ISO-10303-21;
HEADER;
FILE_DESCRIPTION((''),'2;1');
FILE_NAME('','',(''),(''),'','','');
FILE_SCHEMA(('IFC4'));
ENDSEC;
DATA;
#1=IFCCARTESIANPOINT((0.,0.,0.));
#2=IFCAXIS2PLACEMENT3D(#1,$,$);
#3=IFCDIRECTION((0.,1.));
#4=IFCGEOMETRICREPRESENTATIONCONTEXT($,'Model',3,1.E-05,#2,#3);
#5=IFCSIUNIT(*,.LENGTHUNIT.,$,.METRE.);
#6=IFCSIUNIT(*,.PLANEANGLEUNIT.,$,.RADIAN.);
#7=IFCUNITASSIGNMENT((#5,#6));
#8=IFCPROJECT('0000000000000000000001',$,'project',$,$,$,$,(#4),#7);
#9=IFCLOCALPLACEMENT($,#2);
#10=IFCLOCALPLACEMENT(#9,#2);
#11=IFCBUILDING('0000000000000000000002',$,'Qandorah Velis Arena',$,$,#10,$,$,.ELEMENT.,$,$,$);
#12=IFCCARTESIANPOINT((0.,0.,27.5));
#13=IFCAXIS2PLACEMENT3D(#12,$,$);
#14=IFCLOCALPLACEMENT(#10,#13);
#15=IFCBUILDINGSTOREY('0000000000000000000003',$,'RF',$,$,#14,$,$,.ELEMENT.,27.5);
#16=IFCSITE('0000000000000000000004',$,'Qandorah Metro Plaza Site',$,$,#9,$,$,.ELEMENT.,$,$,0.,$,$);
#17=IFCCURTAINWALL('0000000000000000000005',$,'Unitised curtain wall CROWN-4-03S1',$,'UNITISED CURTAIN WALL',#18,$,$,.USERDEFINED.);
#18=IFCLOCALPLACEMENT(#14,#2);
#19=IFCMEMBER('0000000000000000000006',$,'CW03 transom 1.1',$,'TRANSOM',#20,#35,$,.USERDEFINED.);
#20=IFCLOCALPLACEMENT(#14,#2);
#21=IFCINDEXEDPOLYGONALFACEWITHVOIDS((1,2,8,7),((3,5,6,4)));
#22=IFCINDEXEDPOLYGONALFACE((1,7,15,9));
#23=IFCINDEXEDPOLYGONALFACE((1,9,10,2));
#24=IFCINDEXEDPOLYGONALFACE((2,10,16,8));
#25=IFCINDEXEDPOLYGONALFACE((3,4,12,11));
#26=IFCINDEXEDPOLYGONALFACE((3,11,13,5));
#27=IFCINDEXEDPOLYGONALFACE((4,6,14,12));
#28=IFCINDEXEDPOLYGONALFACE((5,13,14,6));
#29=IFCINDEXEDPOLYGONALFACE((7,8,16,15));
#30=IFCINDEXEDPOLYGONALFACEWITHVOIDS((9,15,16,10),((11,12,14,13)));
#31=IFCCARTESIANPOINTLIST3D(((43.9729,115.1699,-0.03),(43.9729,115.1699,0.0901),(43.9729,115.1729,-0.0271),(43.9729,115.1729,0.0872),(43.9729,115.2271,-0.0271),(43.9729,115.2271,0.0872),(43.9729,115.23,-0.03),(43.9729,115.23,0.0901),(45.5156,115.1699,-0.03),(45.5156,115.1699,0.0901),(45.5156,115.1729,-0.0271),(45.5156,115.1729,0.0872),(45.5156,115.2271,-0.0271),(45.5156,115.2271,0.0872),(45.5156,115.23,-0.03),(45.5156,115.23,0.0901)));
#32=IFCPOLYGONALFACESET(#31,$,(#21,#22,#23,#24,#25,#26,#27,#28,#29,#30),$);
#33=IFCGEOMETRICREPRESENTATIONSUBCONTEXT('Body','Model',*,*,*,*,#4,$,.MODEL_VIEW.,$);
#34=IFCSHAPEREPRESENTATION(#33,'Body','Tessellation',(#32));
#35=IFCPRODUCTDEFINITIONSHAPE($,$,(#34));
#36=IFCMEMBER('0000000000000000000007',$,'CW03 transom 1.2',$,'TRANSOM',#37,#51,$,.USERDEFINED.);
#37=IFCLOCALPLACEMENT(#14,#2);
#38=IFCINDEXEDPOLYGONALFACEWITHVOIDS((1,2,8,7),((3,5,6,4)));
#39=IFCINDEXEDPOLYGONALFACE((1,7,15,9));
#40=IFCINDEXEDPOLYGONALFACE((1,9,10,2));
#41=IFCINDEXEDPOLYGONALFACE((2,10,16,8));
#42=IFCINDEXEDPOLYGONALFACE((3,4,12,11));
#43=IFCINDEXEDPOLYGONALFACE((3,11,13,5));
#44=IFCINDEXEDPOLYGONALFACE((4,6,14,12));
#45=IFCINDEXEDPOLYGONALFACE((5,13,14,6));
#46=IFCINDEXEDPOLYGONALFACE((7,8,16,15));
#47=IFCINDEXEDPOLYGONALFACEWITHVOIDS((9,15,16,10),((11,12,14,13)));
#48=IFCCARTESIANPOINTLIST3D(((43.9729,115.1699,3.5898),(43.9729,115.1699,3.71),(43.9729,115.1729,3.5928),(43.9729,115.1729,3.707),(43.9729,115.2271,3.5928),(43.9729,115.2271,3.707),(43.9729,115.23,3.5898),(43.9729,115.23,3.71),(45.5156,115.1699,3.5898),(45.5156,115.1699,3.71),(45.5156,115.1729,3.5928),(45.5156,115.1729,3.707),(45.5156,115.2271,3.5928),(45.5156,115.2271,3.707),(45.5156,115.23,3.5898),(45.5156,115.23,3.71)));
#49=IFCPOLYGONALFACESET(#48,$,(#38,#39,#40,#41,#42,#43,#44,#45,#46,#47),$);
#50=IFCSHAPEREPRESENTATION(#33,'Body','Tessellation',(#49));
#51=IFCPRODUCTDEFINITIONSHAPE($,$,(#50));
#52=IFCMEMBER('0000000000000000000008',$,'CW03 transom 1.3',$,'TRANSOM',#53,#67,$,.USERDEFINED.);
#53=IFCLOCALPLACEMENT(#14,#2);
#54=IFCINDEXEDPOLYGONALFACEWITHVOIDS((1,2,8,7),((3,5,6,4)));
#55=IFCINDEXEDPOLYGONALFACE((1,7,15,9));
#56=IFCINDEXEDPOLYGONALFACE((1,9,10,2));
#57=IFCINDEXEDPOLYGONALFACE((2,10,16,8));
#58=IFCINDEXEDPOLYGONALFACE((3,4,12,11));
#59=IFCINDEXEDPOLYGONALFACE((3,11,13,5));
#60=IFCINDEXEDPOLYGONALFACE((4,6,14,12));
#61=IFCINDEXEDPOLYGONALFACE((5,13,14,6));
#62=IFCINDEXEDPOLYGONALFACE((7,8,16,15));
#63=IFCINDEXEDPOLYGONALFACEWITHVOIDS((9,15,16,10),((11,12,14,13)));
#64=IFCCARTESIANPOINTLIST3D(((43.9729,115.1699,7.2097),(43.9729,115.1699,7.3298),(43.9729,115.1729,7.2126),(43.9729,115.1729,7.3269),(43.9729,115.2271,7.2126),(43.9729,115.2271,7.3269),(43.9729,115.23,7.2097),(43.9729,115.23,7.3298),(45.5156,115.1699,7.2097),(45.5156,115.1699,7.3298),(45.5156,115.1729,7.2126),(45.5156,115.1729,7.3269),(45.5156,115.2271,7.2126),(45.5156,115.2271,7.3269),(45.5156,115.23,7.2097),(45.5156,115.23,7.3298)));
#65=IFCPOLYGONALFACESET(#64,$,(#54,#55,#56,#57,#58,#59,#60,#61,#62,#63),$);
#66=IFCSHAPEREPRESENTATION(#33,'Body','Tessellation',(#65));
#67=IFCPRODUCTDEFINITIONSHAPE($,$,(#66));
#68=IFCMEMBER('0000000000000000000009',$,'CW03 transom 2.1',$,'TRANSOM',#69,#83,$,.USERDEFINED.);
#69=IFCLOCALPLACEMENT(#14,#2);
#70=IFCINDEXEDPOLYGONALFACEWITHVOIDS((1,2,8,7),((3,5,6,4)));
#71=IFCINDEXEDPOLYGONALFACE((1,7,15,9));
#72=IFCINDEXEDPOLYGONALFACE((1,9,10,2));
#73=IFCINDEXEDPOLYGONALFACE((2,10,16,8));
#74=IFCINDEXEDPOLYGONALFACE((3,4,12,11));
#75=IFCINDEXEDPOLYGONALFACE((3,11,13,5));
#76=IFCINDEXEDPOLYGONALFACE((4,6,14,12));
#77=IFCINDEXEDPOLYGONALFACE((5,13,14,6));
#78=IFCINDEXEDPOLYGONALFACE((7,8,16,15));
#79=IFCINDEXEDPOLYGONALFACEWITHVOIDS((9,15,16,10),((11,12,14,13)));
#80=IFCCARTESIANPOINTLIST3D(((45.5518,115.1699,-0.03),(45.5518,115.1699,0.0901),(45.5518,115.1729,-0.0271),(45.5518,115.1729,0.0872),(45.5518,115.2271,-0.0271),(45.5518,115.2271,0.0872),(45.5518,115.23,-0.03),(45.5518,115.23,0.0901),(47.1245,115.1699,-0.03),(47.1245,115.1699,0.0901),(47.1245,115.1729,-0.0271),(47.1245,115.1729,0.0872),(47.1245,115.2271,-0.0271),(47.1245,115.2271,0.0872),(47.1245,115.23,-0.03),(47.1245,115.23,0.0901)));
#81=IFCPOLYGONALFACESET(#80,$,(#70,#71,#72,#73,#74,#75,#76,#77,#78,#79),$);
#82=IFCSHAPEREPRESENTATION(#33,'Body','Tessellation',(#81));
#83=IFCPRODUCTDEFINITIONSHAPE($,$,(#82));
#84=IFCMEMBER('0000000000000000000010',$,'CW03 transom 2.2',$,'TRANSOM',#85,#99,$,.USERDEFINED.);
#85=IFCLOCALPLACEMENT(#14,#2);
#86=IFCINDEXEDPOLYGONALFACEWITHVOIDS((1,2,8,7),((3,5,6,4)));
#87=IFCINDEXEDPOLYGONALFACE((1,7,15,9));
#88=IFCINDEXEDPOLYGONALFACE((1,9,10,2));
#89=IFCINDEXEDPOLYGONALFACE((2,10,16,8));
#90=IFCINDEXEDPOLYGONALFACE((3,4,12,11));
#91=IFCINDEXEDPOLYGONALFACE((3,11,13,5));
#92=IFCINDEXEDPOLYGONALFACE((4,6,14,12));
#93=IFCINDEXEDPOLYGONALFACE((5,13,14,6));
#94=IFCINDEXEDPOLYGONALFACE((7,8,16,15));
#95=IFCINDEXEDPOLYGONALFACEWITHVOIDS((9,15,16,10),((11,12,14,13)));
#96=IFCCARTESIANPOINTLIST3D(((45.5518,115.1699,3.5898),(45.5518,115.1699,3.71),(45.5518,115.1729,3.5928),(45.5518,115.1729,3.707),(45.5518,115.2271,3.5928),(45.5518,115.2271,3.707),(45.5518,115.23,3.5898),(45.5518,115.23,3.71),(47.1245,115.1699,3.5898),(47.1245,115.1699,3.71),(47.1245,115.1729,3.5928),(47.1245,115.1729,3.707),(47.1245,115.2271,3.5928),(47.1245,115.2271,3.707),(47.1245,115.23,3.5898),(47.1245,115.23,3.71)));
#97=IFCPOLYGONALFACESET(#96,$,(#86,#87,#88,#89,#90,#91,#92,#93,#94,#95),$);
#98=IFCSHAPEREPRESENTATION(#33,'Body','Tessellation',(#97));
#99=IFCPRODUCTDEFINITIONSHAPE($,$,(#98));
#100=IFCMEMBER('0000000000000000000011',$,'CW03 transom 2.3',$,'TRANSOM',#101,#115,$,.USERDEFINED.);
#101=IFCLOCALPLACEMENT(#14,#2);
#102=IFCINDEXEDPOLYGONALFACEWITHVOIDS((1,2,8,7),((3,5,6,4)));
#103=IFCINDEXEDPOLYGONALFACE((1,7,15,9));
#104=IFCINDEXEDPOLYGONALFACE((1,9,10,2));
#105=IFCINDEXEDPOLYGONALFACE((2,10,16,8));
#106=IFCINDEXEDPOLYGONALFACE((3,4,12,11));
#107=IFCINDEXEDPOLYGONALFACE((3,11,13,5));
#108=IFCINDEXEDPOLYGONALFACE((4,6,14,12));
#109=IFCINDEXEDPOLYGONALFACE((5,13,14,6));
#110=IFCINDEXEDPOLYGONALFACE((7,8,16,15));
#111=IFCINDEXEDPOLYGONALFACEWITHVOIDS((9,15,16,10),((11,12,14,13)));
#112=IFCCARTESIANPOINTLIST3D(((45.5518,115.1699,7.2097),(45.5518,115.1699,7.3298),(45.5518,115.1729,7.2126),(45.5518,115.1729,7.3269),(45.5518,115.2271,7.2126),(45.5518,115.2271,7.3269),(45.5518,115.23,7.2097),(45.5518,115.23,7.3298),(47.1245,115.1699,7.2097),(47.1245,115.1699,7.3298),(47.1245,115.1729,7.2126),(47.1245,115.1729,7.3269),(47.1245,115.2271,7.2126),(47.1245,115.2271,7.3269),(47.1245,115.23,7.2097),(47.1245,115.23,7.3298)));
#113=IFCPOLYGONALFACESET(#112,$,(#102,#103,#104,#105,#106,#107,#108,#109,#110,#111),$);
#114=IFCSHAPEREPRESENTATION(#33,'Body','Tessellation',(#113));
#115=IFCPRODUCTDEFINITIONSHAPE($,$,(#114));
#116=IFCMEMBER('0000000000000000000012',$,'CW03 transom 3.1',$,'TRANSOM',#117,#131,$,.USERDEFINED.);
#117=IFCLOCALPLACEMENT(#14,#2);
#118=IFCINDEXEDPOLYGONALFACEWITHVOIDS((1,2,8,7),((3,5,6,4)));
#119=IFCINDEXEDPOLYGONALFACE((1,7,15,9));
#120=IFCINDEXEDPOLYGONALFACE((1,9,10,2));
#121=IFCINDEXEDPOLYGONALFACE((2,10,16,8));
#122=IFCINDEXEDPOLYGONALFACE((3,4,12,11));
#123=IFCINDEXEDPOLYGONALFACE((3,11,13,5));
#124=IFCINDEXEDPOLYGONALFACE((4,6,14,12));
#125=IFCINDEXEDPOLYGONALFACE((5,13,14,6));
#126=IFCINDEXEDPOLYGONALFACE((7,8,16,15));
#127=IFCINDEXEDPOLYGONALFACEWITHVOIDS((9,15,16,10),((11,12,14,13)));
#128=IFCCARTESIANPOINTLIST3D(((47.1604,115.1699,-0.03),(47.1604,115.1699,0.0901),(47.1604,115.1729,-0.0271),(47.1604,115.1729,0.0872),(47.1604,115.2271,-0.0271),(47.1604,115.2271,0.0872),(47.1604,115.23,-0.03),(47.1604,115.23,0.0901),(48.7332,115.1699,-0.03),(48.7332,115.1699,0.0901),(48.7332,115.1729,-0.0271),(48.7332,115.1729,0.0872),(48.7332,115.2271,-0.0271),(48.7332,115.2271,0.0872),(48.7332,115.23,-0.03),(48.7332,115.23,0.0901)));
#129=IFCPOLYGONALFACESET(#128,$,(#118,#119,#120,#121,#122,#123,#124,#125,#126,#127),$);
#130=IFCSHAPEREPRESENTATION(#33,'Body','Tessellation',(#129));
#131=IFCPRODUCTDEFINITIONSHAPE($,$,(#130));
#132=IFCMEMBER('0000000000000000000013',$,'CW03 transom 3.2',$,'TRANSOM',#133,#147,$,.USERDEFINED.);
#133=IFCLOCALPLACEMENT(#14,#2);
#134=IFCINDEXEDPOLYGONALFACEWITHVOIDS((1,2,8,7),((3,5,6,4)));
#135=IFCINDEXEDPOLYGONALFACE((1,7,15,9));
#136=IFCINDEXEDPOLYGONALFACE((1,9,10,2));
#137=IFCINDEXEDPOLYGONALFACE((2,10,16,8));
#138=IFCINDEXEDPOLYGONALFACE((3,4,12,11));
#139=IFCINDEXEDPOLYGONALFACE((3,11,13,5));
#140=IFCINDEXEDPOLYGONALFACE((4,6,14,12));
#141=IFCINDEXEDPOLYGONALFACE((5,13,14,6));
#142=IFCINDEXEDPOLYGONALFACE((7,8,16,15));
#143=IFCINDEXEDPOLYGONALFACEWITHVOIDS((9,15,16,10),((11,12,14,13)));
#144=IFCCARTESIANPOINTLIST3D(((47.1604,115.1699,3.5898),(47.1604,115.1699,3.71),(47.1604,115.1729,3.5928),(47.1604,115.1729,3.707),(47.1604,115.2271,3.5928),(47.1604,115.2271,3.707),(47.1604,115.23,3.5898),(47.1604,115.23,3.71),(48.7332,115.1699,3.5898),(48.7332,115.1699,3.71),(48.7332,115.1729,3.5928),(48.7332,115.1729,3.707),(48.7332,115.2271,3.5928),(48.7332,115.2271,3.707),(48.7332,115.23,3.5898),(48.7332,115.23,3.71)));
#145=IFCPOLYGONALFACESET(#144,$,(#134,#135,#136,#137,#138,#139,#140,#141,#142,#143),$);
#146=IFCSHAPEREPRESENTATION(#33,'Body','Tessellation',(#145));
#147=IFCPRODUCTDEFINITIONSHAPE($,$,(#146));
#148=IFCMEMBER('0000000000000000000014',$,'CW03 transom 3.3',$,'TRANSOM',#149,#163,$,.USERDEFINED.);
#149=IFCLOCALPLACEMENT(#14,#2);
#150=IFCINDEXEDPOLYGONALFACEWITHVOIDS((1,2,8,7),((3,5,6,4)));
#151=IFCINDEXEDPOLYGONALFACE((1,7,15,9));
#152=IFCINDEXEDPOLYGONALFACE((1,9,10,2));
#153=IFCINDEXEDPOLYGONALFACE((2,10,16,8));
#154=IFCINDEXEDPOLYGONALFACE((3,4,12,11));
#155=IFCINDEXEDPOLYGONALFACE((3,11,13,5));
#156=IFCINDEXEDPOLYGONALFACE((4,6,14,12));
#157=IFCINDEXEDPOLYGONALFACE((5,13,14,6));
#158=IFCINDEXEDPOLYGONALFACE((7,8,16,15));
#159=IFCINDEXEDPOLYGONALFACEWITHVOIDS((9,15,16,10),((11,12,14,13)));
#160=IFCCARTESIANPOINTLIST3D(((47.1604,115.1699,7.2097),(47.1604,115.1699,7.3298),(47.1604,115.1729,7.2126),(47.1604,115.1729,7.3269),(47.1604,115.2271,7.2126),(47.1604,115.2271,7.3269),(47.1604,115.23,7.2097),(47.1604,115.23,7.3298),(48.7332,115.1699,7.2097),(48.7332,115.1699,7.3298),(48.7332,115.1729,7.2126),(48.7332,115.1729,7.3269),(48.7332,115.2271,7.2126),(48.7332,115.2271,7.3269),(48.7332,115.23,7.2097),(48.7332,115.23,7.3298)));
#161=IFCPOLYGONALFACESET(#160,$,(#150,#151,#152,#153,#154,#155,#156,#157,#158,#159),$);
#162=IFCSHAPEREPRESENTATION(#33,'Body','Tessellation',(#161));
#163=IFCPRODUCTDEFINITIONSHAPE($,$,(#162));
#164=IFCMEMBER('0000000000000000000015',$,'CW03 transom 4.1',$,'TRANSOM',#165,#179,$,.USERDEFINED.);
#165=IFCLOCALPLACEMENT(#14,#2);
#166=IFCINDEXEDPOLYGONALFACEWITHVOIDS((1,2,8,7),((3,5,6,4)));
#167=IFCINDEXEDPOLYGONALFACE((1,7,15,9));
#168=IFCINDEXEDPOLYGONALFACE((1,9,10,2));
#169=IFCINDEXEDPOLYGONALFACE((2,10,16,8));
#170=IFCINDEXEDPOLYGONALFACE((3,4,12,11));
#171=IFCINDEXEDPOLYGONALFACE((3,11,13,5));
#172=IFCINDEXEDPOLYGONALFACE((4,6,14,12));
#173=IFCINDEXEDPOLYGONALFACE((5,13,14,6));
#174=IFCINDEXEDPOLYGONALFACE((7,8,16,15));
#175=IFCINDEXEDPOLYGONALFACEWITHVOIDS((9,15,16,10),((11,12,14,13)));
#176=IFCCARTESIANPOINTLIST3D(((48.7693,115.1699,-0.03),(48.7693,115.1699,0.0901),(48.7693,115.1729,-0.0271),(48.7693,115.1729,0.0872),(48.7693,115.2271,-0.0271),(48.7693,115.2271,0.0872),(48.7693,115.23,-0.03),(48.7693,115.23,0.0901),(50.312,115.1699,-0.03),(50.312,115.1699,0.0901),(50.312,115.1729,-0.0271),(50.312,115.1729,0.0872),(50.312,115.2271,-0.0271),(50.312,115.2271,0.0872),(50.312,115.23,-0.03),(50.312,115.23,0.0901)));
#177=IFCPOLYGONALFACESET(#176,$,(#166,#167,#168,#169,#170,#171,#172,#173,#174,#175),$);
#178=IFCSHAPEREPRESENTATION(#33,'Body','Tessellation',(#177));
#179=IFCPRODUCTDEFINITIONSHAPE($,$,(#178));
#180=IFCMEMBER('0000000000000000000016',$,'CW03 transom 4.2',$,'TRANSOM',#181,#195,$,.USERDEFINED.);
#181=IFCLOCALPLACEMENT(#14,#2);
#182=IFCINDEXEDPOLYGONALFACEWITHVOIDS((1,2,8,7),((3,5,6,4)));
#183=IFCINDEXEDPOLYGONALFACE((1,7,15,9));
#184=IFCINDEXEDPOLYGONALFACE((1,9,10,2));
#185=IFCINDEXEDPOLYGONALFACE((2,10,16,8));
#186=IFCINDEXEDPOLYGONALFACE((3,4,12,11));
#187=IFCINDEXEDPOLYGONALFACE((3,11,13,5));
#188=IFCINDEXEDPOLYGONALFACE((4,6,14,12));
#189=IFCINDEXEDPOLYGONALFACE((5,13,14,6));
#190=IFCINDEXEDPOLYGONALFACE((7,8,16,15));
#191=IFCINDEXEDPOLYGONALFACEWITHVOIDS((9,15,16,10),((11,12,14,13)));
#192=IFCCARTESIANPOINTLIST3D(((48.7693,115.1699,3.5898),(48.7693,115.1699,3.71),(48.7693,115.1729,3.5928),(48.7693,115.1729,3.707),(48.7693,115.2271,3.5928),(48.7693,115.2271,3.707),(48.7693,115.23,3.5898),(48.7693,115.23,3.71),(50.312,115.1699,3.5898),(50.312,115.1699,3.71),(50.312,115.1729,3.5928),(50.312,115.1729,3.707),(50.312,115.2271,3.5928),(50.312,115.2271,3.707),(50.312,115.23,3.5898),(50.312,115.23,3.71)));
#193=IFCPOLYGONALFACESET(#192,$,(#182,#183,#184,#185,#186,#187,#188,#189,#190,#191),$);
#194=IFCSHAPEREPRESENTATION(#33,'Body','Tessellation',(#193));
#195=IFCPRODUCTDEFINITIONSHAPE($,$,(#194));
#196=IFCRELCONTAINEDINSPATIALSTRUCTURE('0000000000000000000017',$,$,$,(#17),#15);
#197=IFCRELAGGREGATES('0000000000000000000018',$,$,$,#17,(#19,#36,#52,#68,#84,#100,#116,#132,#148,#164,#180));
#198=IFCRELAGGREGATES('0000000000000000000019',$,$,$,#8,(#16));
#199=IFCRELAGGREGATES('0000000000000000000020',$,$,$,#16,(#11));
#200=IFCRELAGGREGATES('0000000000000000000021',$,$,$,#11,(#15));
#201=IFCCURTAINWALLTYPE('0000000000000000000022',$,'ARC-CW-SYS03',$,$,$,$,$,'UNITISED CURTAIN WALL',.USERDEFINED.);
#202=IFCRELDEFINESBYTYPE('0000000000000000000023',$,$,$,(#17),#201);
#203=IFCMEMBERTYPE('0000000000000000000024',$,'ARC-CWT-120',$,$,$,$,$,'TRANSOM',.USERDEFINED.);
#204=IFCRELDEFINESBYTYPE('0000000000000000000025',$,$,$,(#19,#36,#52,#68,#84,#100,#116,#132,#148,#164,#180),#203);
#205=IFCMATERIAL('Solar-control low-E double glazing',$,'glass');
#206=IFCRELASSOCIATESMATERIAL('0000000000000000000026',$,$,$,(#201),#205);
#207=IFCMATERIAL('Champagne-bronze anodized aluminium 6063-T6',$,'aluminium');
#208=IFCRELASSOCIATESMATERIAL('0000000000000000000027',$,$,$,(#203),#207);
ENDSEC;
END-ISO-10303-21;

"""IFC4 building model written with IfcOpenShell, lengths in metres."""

from ifc_helpers import new_model, si_unit, direction, frame, origin, origin_2d, place, context, subcontext, project, spatial, hollow_rectangle, extrude, material, material_profile, profile_set, type_object, element, aggregate, save


model = new_model("IFC4")

# Units and contexts
model_context = context("Model", 3, precision=1e-05, world=origin(), true_north=direction((0.0, 1.0)))
body_context = subcontext(model_context, "Body", "Model", "MODEL_VIEW")
ifc_project = project(units=[si_unit("LENGTHUNIT", "METRE"), si_unit("PLANEANGLEUNIT", "RADIAN")], contexts=[model_context])

# Site, building, storey
site_placement = place(None, origin())
site = spatial("IfcSite", under=ifc_project, at=site_placement, Name="Qandorah Metro Plaza Site", CompositionType="ELEMENT", RefElevation=0.0)
building_placement = place(site_placement, origin())
building = spatial("IfcBuilding", under=site, at=building_placement, Name="Qandorah Velis Arena", CompositionType="ELEMENT")
storey_placement = place(building_placement, frame((0.0, 0.0, 27.5)))
storey = spatial("IfcBuildingStorey", under=building, at=storey_placement, Name="RF", CompositionType="ELEMENT", Elevation=27.5)

# Curtain wall
ifc_material_1 = material(Name="Solar-control low-E double glazing", Category="glass")
curtain_wall_type_1 = type_object("IfcCurtainWallType", Name="ARC-CW-SYS03", ElementType="UNITISED CURTAIN WALL", PredefinedType="USERDEFINED", material=ifc_material_1)
ifc_material_2 = material(Name="Champagne-bronze anodized aluminium 6063-T6", Category="aluminium")
curtain_wall_1_placement = place(storey_placement, origin())
curtain_wall_1 = element("IfcCurtainWall", 1, at=curtain_wall_1_placement, inside=storey, type_object=curtain_wall_type_1, Name="Unitised curtain wall CROWN-4-03S1", ObjectType="UNITISED CURTAIN WALL", PredefinedType="USERDEFINED")

# Members
ifc_material_profile_1 = material_profile(ifc_material_2, hollow_rectangle(XDim=0.0601, YDim=0.1201, WallThickness=0.0029, at=origin_2d()), Name="ALU TRANSOM 60x120")
ifc_profile_set_1 = profile_set([ifc_material_profile_1], Name="Champagne-bronze anodized aluminium 6063-T6")
member_type_1 = type_object("IfcMemberType", Name="ARC-CWT-120", ElementType="TRANSOM", PredefinedType="USERDEFINED", material=ifc_profile_set_1)
member_1_placement = place(storey_placement, frame((43.9729, 115.2, 0.03), z_axis=(1.0, 0.0, 0.0), x_axis=(0.0, 1.0, 0.0)))
member_1 = element("IfcMember", 2, at=member_1_placement, type_object=member_type_1, Name="CW03 transom 1.1", ObjectType="TRANSOM", PredefinedType="USERDEFINED", context=body_context, shape_type="SweptSolid", body=[
    extrude(hollow_rectangle(XDim=0.0601, YDim=0.1201, WallThickness=0.0029, at=origin_2d()), origin(), (0.0, 0.0, 1.0), 1.5427),
])
member_2_placement = place(storey_placement, frame((43.9729, 115.2, 3.6499), z_axis=(1.0, 0.0, 0.0), x_axis=(0.0, 1.0, 0.0)))
member_2 = element("IfcMember", 3, at=member_2_placement, type_object=member_type_1, Name="CW03 transom 1.2", ObjectType="TRANSOM", PredefinedType="USERDEFINED", context=body_context, shape_type="SweptSolid", body=[
    extrude(hollow_rectangle(XDim=0.0601, YDim=0.1201, WallThickness=0.0029, at=origin_2d()), origin(), (0.0, 0.0, 1.0), 1.5427),
])
member_3_placement = place(storey_placement, frame((43.9729, 115.2, 7.2698), z_axis=(1.0, 0.0, 0.0), x_axis=(0.0, 1.0, 0.0)))
member_3 = element("IfcMember", 4, at=member_3_placement, type_object=member_type_1, Name="CW03 transom 1.3", ObjectType="TRANSOM", PredefinedType="USERDEFINED", context=body_context, shape_type="SweptSolid", body=[
    extrude(hollow_rectangle(XDim=0.0601, YDim=0.1201, WallThickness=0.0029, at=origin_2d()), origin(), (0.0, 0.0, 1.0), 1.5427),
])
member_4_placement = place(storey_placement, frame((45.5518, 115.2, 0.03), z_axis=(1.0, 0.0, 0.0), x_axis=(0.0, 1.0, 0.0)))
member_4 = element("IfcMember", 5, at=member_4_placement, type_object=member_type_1, Name="CW03 transom 2.1", ObjectType="TRANSOM", PredefinedType="USERDEFINED", context=body_context, shape_type="SweptSolid", body=[
    extrude(hollow_rectangle(XDim=0.0601, YDim=0.1201, WallThickness=0.0029, at=origin_2d()), origin(), (0.0, 0.0, 1.0), 1.5728),
])
member_5_placement = place(storey_placement, frame((45.5518, 115.2, 3.6499), z_axis=(1.0, 0.0, 0.0), x_axis=(0.0, 1.0, 0.0)))
member_5 = element("IfcMember", 6, at=member_5_placement, type_object=member_type_1, Name="CW03 transom 2.2", ObjectType="TRANSOM", PredefinedType="USERDEFINED", context=body_context, shape_type="SweptSolid", body=[
    extrude(hollow_rectangle(XDim=0.0601, YDim=0.1201, WallThickness=0.0029, at=origin_2d()), origin(), (0.0, 0.0, 1.0), 1.5728),
])
member_6_placement = place(storey_placement, frame((45.5518, 115.2, 7.2698), z_axis=(1.0, 0.0, 0.0), x_axis=(0.0, 1.0, 0.0)))
member_6 = element("IfcMember", 7, at=member_6_placement, type_object=member_type_1, Name="CW03 transom 2.3", ObjectType="TRANSOM", PredefinedType="USERDEFINED", context=body_context, shape_type="SweptSolid", body=[
    extrude(hollow_rectangle(XDim=0.0601, YDim=0.1201, WallThickness=0.0029, at=origin_2d()), origin(), (0.0, 0.0, 1.0), 1.5728),
])
member_7_placement = place(storey_placement, frame((47.1604, 115.2, 0.03), z_axis=(1.0, 0.0, 0.0), x_axis=(0.0, 1.0, 0.0)))
member_7 = element("IfcMember", 8, at=member_7_placement, type_object=member_type_1, Name="CW03 transom 3.1", ObjectType="TRANSOM", PredefinedType="USERDEFINED", context=body_context, shape_type="SweptSolid", body=[
    extrude(hollow_rectangle(XDim=0.0601, YDim=0.1201, WallThickness=0.0029, at=origin_2d()), origin(), (0.0, 0.0, 1.0), 1.5728),
])
member_8_placement = place(storey_placement, frame((47.1604, 115.2, 3.6499), z_axis=(1.0, 0.0, 0.0), x_axis=(0.0, 1.0, 0.0)))
member_8 = element("IfcMember", 9, at=member_8_placement, type_object=member_type_1, Name="CW03 transom 3.2", ObjectType="TRANSOM", PredefinedType="USERDEFINED", context=body_context, shape_type="SweptSolid", body=[
    extrude(hollow_rectangle(XDim=0.0601, YDim=0.1201, WallThickness=0.0029, at=origin_2d()), origin(), (0.0, 0.0, 1.0), 1.5728),
])
member_9_placement = place(storey_placement, frame((47.1604, 115.2, 7.2698), z_axis=(1.0, 0.0, 0.0), x_axis=(0.0, 1.0, 0.0)))
member_9 = element("IfcMember", 10, at=member_9_placement, type_object=member_type_1, Name="CW03 transom 3.3", ObjectType="TRANSOM", PredefinedType="USERDEFINED", context=body_context, shape_type="SweptSolid", body=[
    extrude(hollow_rectangle(XDim=0.0601, YDim=0.1201, WallThickness=0.0029, at=origin_2d()), origin(), (0.0, 0.0, 1.0), 1.5728),
])
member_10_placement = place(storey_placement, frame((48.7693, 115.2, 0.03), z_axis=(1.0, 0.0, 0.0), x_axis=(0.0, 1.0, 0.0)))
member_10 = element("IfcMember", 11, at=member_10_placement, type_object=member_type_1, Name="CW03 transom 4.1", ObjectType="TRANSOM", PredefinedType="USERDEFINED", context=body_context, shape_type="SweptSolid", body=[
    extrude(hollow_rectangle(XDim=0.0601, YDim=0.1201, WallThickness=0.0029, at=origin_2d()), origin(), (0.0, 0.0, 1.0), 1.5427),
])
member_11_placement = place(storey_placement, frame((48.7693, 115.2, 3.6499), z_axis=(1.0, 0.0, 0.0), x_axis=(0.0, 1.0, 0.0)))
member_11 = element("IfcMember", 12, at=member_11_placement, type_object=member_type_1, Name="CW03 transom 4.2", ObjectType="TRANSOM", PredefinedType="USERDEFINED", context=body_context, shape_type="SweptSolid", body=[
    extrude(hollow_rectangle(XDim=0.0601, YDim=0.1201, WallThickness=0.0029, at=origin_2d()), origin(), (0.0, 0.0, 1.0), 1.5427),
])

aggregate(curtain_wall_1, [member_1, member_2, member_3, member_4, member_5, member_6, member_7, member_8, member_9, member_10, member_11])

save(model, "model.ifc")
